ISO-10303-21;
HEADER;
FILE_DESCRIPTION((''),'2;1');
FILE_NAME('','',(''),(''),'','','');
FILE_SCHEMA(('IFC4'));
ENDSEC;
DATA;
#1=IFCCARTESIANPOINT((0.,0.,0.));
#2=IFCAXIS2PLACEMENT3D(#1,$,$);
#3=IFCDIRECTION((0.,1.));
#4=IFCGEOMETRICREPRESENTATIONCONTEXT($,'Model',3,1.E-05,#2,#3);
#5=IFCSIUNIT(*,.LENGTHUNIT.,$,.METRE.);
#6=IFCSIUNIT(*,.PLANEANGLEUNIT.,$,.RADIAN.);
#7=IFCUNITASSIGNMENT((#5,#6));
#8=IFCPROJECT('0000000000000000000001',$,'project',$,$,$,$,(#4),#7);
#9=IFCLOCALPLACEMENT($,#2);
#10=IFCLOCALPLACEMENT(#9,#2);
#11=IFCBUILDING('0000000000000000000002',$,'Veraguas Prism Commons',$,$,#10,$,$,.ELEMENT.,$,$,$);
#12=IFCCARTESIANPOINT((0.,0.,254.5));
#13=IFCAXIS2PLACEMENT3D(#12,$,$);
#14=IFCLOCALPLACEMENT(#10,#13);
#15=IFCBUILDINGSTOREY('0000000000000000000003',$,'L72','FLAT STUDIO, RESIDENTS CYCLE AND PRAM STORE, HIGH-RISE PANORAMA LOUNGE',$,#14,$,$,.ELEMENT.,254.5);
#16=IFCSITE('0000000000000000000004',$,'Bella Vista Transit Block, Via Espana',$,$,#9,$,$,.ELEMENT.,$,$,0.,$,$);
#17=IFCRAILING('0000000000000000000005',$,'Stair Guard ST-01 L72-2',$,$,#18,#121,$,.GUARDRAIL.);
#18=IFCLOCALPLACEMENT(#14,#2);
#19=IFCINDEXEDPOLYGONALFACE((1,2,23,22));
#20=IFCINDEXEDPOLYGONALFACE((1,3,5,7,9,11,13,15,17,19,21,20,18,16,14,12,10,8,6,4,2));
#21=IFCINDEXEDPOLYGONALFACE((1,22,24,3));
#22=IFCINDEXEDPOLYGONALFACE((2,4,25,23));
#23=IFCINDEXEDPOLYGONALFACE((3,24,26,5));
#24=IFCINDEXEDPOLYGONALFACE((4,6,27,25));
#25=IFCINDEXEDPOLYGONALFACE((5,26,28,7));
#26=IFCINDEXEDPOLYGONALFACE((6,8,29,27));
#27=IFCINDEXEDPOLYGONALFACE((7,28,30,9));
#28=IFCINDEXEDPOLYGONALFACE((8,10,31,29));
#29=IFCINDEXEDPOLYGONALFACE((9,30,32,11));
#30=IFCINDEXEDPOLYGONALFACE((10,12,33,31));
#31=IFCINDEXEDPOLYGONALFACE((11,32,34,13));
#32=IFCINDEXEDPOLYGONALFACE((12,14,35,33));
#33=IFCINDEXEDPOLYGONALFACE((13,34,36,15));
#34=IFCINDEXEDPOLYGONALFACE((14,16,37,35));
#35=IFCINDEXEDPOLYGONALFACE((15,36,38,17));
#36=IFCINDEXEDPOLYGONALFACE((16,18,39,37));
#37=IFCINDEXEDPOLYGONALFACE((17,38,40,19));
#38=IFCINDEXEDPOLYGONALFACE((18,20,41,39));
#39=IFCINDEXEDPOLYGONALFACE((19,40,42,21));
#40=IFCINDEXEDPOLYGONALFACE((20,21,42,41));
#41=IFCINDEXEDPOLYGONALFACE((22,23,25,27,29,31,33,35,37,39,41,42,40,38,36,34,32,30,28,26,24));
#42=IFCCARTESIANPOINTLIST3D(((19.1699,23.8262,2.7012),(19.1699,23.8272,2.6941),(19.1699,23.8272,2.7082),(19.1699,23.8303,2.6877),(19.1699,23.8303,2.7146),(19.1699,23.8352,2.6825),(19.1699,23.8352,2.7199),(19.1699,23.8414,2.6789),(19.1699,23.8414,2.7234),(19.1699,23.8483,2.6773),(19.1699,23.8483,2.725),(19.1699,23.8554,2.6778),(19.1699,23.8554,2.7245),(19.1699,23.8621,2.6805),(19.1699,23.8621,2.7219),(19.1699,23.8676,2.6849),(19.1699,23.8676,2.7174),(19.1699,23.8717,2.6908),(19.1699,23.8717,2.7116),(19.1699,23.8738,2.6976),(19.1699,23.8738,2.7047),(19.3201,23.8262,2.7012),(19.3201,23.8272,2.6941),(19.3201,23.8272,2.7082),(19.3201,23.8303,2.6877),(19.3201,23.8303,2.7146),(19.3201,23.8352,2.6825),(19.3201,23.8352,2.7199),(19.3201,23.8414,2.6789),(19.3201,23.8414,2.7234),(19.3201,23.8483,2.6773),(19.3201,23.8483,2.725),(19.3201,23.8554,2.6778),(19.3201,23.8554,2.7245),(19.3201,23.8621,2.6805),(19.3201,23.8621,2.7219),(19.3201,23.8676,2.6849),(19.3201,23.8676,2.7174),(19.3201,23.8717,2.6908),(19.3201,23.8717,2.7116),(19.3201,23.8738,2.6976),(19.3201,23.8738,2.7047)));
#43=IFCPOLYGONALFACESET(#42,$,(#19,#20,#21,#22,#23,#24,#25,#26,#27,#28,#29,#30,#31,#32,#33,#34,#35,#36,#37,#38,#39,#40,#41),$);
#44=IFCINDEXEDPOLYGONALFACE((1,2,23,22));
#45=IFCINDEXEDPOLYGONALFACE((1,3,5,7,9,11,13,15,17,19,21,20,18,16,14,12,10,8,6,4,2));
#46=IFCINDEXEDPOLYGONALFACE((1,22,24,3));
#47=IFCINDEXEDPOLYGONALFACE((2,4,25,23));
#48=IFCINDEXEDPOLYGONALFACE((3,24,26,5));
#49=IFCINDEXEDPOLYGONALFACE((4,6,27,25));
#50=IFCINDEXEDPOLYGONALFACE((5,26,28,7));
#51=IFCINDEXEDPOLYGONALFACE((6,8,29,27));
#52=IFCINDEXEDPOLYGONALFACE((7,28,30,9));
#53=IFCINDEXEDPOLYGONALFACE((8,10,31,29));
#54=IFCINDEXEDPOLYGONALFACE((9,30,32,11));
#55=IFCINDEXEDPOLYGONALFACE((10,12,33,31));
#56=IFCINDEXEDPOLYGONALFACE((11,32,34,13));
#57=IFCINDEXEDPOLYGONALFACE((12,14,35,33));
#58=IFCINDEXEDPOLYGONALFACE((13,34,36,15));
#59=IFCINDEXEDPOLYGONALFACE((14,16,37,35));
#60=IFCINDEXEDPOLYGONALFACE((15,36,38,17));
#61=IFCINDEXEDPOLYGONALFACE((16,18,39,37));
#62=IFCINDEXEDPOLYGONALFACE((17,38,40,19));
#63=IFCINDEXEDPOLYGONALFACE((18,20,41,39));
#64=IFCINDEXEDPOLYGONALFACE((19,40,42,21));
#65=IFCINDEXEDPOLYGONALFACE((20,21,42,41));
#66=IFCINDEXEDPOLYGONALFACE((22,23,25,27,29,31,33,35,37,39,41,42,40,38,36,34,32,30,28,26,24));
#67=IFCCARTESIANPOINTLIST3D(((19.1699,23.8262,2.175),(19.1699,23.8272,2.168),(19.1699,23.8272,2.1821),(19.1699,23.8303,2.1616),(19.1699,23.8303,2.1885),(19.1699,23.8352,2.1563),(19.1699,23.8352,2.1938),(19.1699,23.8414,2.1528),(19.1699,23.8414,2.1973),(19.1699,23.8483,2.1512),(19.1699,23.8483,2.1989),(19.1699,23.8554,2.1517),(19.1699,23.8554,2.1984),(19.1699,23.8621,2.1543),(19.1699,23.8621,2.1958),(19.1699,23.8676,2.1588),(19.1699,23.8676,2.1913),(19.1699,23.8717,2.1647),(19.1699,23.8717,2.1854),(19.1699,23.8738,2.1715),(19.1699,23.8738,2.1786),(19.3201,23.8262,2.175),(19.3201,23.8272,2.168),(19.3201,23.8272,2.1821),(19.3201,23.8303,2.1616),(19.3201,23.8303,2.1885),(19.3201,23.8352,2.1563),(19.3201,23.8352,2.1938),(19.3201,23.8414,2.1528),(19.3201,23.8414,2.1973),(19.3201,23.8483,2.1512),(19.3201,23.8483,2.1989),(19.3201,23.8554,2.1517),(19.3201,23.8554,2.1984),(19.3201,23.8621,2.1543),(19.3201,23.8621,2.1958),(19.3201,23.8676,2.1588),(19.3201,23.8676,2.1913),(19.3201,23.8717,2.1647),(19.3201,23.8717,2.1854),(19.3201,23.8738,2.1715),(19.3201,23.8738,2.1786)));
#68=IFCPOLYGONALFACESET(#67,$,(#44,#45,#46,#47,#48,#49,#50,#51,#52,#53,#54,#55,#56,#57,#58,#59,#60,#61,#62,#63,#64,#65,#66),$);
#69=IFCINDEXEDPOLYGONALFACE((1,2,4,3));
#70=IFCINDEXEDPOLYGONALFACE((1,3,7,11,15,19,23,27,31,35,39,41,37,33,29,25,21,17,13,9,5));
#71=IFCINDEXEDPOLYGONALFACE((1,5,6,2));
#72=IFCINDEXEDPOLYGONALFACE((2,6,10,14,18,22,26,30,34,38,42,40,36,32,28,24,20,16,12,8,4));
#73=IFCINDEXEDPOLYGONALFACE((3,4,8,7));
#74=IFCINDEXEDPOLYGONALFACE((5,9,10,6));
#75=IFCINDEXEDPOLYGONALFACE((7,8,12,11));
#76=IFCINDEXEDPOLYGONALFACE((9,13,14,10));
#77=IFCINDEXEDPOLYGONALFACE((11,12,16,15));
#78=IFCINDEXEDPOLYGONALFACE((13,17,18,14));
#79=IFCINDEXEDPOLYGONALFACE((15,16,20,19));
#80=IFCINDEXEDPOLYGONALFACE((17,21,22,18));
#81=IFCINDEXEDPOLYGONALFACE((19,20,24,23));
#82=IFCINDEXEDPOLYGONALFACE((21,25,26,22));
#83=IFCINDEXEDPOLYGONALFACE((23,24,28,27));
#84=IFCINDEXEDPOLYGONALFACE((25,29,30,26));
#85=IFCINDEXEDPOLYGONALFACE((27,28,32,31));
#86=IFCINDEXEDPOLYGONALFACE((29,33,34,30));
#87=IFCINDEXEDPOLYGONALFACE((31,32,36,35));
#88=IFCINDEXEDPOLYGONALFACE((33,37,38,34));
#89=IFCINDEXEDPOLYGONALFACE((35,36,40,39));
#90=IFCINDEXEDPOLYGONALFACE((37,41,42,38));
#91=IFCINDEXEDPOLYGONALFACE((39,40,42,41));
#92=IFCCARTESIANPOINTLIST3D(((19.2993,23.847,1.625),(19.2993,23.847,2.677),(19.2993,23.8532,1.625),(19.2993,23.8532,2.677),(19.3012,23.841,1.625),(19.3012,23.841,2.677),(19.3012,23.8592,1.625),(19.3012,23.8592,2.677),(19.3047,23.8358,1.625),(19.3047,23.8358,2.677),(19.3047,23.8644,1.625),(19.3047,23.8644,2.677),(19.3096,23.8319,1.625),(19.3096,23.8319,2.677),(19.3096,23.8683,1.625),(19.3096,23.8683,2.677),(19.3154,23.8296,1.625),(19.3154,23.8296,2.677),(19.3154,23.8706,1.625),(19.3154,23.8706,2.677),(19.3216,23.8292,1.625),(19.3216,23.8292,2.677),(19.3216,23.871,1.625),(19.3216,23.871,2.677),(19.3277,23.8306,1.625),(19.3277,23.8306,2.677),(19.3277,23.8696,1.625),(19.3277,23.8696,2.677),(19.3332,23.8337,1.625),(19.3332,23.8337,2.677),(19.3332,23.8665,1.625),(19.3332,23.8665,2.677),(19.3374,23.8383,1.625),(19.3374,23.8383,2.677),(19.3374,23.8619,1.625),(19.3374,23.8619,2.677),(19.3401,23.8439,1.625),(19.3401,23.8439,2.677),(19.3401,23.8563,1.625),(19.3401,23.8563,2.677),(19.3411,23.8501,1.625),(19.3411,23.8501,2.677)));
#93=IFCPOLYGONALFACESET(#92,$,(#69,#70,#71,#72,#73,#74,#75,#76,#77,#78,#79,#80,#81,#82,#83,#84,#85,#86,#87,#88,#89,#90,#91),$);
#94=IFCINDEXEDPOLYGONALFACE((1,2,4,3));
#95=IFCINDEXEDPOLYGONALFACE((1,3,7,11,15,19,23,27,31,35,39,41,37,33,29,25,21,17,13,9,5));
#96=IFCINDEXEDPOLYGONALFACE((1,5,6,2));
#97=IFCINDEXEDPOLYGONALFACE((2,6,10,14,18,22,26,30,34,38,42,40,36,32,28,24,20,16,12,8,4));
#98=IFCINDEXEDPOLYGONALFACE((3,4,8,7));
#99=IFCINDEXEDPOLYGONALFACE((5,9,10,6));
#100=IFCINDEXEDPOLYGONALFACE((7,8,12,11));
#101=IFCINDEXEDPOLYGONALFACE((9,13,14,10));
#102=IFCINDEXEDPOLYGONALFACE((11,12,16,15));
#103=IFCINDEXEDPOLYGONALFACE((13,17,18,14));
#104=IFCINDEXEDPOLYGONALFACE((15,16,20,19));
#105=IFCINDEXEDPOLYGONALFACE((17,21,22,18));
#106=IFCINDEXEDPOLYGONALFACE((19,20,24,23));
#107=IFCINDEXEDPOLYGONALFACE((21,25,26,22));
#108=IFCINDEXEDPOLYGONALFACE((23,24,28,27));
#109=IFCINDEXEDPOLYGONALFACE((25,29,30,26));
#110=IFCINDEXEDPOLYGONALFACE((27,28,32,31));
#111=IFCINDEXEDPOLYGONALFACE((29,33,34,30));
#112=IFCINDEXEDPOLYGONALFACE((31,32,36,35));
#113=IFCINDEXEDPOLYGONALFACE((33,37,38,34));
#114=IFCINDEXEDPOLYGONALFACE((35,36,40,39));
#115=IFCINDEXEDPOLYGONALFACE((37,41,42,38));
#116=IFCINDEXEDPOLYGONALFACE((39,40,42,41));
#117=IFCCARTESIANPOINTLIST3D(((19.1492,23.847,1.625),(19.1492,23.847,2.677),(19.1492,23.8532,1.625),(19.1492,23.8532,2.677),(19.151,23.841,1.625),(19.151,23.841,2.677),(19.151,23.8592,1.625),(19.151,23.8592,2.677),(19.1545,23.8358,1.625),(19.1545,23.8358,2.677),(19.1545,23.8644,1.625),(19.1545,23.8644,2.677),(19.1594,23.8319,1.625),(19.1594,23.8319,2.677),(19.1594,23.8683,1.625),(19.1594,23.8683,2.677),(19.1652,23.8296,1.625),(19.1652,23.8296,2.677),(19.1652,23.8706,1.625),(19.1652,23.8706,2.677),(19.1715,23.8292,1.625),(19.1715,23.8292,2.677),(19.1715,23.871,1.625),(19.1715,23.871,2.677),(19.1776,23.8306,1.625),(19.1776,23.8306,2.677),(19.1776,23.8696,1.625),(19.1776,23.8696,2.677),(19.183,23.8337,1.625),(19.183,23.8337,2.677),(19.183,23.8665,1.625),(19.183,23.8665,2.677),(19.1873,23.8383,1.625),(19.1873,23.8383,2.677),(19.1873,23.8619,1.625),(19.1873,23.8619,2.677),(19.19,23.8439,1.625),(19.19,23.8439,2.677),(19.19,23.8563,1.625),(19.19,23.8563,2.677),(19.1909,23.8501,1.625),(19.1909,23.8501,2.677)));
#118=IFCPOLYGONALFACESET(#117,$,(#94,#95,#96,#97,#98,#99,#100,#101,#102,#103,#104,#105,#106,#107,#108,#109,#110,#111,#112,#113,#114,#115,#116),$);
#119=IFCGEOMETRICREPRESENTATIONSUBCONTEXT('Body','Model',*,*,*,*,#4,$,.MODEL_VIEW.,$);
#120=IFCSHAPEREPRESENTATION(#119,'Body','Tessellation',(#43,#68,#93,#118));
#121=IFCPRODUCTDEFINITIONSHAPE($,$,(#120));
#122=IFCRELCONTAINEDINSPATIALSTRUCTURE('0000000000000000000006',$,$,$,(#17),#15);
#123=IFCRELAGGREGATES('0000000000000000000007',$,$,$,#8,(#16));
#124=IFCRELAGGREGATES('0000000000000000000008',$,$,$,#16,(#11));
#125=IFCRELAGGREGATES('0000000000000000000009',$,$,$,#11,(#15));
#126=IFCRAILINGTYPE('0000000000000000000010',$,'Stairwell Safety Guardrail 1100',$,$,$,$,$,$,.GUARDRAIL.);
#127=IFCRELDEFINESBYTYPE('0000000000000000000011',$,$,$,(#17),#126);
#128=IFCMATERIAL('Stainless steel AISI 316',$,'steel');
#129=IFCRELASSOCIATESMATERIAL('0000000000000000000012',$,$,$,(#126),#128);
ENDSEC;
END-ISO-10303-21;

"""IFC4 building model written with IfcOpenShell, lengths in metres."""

from ifc_helpers import new_model, si_unit, direction, frame, origin, origin_2d, place, context, subcontext, project, spatial, circle, extrude, material, type_object, element, save


model = new_model("IFC4")

# Units and contexts
model_context = context("Model", 3, precision=1e-05, world=origin(), true_north=direction((0.0, 1.0)))
body_context = subcontext(model_context, "Body", "Model", "MODEL_VIEW")
ifc_project = project(units=[si_unit("LENGTHUNIT", "METRE"), si_unit("PLANEANGLEUNIT", "RADIAN")], contexts=[model_context])

# Site, building, storey
site_placement = place(None, origin())
site = spatial("IfcSite", under=ifc_project, at=site_placement, Name="Bella Vista Transit Block, Via Espana", CompositionType="ELEMENT", RefElevation=0.0)
building_placement = place(site_placement, origin())
building = spatial("IfcBuilding", under=site, at=building_placement, Name="Veraguas Prism Commons", CompositionType="ELEMENT")
storey_placement = place(building_placement, frame((0.0, 0.0, 254.5)))
storey = spatial("IfcBuildingStorey", under=building, at=storey_placement, Name="L72", Description="FLAT STUDIO, RESIDENTS CYCLE AND PRAM STORE, HIGH-RISE PANORAMA LOUNGE", CompositionType="ELEMENT", Elevation=254.5)

# Railing
ifc_material_1 = material(Name="Stainless steel AISI 316", Category="steel")
railing_type_1 = type_object("IfcRailingType", Name="Stairwell Safety Guardrail 1100", PredefinedType="GUARDRAIL", material=ifc_material_1)
railing_1_placement = place(storey_placement, frame((19.3201, 23.8501, 1.625)))
element("IfcRailing", 1, at=railing_1_placement, inside=storey, type_object=railing_type_1, Name="Stair Guard ST-01 L72-2", PredefinedType="GUARDRAIL", context=body_context, shape_type="SweptSolid", body=[
    extrude(circle(Radius=0.0239, at=origin_2d()), frame((0.0, 0.0, 1.0762), z_axis=(-1.0, 0.0, 0.0), x_axis=(0.0, -1.0, 0.0)), (0.0, 0.0, 1.0), 0.1501),
    extrude(circle(Radius=0.0239, at=origin_2d()), frame((0.0, 0.0, 0.55), z_axis=(-1.0, 0.0, 0.0), x_axis=(0.0, -1.0, 0.0)), (0.0, 0.0, 1.0), 0.1501),
    extrude(circle(Radius=0.021, at=origin_2d()), origin(), (0.0, 0.0, 1.0), 1.052),
    extrude(circle(Radius=0.021, at=origin_2d()), frame((-0.1501, 0.0, 0.0)), (0.0, 0.0, 1.0), 1.052),
])

save(model, "model.ifc")
